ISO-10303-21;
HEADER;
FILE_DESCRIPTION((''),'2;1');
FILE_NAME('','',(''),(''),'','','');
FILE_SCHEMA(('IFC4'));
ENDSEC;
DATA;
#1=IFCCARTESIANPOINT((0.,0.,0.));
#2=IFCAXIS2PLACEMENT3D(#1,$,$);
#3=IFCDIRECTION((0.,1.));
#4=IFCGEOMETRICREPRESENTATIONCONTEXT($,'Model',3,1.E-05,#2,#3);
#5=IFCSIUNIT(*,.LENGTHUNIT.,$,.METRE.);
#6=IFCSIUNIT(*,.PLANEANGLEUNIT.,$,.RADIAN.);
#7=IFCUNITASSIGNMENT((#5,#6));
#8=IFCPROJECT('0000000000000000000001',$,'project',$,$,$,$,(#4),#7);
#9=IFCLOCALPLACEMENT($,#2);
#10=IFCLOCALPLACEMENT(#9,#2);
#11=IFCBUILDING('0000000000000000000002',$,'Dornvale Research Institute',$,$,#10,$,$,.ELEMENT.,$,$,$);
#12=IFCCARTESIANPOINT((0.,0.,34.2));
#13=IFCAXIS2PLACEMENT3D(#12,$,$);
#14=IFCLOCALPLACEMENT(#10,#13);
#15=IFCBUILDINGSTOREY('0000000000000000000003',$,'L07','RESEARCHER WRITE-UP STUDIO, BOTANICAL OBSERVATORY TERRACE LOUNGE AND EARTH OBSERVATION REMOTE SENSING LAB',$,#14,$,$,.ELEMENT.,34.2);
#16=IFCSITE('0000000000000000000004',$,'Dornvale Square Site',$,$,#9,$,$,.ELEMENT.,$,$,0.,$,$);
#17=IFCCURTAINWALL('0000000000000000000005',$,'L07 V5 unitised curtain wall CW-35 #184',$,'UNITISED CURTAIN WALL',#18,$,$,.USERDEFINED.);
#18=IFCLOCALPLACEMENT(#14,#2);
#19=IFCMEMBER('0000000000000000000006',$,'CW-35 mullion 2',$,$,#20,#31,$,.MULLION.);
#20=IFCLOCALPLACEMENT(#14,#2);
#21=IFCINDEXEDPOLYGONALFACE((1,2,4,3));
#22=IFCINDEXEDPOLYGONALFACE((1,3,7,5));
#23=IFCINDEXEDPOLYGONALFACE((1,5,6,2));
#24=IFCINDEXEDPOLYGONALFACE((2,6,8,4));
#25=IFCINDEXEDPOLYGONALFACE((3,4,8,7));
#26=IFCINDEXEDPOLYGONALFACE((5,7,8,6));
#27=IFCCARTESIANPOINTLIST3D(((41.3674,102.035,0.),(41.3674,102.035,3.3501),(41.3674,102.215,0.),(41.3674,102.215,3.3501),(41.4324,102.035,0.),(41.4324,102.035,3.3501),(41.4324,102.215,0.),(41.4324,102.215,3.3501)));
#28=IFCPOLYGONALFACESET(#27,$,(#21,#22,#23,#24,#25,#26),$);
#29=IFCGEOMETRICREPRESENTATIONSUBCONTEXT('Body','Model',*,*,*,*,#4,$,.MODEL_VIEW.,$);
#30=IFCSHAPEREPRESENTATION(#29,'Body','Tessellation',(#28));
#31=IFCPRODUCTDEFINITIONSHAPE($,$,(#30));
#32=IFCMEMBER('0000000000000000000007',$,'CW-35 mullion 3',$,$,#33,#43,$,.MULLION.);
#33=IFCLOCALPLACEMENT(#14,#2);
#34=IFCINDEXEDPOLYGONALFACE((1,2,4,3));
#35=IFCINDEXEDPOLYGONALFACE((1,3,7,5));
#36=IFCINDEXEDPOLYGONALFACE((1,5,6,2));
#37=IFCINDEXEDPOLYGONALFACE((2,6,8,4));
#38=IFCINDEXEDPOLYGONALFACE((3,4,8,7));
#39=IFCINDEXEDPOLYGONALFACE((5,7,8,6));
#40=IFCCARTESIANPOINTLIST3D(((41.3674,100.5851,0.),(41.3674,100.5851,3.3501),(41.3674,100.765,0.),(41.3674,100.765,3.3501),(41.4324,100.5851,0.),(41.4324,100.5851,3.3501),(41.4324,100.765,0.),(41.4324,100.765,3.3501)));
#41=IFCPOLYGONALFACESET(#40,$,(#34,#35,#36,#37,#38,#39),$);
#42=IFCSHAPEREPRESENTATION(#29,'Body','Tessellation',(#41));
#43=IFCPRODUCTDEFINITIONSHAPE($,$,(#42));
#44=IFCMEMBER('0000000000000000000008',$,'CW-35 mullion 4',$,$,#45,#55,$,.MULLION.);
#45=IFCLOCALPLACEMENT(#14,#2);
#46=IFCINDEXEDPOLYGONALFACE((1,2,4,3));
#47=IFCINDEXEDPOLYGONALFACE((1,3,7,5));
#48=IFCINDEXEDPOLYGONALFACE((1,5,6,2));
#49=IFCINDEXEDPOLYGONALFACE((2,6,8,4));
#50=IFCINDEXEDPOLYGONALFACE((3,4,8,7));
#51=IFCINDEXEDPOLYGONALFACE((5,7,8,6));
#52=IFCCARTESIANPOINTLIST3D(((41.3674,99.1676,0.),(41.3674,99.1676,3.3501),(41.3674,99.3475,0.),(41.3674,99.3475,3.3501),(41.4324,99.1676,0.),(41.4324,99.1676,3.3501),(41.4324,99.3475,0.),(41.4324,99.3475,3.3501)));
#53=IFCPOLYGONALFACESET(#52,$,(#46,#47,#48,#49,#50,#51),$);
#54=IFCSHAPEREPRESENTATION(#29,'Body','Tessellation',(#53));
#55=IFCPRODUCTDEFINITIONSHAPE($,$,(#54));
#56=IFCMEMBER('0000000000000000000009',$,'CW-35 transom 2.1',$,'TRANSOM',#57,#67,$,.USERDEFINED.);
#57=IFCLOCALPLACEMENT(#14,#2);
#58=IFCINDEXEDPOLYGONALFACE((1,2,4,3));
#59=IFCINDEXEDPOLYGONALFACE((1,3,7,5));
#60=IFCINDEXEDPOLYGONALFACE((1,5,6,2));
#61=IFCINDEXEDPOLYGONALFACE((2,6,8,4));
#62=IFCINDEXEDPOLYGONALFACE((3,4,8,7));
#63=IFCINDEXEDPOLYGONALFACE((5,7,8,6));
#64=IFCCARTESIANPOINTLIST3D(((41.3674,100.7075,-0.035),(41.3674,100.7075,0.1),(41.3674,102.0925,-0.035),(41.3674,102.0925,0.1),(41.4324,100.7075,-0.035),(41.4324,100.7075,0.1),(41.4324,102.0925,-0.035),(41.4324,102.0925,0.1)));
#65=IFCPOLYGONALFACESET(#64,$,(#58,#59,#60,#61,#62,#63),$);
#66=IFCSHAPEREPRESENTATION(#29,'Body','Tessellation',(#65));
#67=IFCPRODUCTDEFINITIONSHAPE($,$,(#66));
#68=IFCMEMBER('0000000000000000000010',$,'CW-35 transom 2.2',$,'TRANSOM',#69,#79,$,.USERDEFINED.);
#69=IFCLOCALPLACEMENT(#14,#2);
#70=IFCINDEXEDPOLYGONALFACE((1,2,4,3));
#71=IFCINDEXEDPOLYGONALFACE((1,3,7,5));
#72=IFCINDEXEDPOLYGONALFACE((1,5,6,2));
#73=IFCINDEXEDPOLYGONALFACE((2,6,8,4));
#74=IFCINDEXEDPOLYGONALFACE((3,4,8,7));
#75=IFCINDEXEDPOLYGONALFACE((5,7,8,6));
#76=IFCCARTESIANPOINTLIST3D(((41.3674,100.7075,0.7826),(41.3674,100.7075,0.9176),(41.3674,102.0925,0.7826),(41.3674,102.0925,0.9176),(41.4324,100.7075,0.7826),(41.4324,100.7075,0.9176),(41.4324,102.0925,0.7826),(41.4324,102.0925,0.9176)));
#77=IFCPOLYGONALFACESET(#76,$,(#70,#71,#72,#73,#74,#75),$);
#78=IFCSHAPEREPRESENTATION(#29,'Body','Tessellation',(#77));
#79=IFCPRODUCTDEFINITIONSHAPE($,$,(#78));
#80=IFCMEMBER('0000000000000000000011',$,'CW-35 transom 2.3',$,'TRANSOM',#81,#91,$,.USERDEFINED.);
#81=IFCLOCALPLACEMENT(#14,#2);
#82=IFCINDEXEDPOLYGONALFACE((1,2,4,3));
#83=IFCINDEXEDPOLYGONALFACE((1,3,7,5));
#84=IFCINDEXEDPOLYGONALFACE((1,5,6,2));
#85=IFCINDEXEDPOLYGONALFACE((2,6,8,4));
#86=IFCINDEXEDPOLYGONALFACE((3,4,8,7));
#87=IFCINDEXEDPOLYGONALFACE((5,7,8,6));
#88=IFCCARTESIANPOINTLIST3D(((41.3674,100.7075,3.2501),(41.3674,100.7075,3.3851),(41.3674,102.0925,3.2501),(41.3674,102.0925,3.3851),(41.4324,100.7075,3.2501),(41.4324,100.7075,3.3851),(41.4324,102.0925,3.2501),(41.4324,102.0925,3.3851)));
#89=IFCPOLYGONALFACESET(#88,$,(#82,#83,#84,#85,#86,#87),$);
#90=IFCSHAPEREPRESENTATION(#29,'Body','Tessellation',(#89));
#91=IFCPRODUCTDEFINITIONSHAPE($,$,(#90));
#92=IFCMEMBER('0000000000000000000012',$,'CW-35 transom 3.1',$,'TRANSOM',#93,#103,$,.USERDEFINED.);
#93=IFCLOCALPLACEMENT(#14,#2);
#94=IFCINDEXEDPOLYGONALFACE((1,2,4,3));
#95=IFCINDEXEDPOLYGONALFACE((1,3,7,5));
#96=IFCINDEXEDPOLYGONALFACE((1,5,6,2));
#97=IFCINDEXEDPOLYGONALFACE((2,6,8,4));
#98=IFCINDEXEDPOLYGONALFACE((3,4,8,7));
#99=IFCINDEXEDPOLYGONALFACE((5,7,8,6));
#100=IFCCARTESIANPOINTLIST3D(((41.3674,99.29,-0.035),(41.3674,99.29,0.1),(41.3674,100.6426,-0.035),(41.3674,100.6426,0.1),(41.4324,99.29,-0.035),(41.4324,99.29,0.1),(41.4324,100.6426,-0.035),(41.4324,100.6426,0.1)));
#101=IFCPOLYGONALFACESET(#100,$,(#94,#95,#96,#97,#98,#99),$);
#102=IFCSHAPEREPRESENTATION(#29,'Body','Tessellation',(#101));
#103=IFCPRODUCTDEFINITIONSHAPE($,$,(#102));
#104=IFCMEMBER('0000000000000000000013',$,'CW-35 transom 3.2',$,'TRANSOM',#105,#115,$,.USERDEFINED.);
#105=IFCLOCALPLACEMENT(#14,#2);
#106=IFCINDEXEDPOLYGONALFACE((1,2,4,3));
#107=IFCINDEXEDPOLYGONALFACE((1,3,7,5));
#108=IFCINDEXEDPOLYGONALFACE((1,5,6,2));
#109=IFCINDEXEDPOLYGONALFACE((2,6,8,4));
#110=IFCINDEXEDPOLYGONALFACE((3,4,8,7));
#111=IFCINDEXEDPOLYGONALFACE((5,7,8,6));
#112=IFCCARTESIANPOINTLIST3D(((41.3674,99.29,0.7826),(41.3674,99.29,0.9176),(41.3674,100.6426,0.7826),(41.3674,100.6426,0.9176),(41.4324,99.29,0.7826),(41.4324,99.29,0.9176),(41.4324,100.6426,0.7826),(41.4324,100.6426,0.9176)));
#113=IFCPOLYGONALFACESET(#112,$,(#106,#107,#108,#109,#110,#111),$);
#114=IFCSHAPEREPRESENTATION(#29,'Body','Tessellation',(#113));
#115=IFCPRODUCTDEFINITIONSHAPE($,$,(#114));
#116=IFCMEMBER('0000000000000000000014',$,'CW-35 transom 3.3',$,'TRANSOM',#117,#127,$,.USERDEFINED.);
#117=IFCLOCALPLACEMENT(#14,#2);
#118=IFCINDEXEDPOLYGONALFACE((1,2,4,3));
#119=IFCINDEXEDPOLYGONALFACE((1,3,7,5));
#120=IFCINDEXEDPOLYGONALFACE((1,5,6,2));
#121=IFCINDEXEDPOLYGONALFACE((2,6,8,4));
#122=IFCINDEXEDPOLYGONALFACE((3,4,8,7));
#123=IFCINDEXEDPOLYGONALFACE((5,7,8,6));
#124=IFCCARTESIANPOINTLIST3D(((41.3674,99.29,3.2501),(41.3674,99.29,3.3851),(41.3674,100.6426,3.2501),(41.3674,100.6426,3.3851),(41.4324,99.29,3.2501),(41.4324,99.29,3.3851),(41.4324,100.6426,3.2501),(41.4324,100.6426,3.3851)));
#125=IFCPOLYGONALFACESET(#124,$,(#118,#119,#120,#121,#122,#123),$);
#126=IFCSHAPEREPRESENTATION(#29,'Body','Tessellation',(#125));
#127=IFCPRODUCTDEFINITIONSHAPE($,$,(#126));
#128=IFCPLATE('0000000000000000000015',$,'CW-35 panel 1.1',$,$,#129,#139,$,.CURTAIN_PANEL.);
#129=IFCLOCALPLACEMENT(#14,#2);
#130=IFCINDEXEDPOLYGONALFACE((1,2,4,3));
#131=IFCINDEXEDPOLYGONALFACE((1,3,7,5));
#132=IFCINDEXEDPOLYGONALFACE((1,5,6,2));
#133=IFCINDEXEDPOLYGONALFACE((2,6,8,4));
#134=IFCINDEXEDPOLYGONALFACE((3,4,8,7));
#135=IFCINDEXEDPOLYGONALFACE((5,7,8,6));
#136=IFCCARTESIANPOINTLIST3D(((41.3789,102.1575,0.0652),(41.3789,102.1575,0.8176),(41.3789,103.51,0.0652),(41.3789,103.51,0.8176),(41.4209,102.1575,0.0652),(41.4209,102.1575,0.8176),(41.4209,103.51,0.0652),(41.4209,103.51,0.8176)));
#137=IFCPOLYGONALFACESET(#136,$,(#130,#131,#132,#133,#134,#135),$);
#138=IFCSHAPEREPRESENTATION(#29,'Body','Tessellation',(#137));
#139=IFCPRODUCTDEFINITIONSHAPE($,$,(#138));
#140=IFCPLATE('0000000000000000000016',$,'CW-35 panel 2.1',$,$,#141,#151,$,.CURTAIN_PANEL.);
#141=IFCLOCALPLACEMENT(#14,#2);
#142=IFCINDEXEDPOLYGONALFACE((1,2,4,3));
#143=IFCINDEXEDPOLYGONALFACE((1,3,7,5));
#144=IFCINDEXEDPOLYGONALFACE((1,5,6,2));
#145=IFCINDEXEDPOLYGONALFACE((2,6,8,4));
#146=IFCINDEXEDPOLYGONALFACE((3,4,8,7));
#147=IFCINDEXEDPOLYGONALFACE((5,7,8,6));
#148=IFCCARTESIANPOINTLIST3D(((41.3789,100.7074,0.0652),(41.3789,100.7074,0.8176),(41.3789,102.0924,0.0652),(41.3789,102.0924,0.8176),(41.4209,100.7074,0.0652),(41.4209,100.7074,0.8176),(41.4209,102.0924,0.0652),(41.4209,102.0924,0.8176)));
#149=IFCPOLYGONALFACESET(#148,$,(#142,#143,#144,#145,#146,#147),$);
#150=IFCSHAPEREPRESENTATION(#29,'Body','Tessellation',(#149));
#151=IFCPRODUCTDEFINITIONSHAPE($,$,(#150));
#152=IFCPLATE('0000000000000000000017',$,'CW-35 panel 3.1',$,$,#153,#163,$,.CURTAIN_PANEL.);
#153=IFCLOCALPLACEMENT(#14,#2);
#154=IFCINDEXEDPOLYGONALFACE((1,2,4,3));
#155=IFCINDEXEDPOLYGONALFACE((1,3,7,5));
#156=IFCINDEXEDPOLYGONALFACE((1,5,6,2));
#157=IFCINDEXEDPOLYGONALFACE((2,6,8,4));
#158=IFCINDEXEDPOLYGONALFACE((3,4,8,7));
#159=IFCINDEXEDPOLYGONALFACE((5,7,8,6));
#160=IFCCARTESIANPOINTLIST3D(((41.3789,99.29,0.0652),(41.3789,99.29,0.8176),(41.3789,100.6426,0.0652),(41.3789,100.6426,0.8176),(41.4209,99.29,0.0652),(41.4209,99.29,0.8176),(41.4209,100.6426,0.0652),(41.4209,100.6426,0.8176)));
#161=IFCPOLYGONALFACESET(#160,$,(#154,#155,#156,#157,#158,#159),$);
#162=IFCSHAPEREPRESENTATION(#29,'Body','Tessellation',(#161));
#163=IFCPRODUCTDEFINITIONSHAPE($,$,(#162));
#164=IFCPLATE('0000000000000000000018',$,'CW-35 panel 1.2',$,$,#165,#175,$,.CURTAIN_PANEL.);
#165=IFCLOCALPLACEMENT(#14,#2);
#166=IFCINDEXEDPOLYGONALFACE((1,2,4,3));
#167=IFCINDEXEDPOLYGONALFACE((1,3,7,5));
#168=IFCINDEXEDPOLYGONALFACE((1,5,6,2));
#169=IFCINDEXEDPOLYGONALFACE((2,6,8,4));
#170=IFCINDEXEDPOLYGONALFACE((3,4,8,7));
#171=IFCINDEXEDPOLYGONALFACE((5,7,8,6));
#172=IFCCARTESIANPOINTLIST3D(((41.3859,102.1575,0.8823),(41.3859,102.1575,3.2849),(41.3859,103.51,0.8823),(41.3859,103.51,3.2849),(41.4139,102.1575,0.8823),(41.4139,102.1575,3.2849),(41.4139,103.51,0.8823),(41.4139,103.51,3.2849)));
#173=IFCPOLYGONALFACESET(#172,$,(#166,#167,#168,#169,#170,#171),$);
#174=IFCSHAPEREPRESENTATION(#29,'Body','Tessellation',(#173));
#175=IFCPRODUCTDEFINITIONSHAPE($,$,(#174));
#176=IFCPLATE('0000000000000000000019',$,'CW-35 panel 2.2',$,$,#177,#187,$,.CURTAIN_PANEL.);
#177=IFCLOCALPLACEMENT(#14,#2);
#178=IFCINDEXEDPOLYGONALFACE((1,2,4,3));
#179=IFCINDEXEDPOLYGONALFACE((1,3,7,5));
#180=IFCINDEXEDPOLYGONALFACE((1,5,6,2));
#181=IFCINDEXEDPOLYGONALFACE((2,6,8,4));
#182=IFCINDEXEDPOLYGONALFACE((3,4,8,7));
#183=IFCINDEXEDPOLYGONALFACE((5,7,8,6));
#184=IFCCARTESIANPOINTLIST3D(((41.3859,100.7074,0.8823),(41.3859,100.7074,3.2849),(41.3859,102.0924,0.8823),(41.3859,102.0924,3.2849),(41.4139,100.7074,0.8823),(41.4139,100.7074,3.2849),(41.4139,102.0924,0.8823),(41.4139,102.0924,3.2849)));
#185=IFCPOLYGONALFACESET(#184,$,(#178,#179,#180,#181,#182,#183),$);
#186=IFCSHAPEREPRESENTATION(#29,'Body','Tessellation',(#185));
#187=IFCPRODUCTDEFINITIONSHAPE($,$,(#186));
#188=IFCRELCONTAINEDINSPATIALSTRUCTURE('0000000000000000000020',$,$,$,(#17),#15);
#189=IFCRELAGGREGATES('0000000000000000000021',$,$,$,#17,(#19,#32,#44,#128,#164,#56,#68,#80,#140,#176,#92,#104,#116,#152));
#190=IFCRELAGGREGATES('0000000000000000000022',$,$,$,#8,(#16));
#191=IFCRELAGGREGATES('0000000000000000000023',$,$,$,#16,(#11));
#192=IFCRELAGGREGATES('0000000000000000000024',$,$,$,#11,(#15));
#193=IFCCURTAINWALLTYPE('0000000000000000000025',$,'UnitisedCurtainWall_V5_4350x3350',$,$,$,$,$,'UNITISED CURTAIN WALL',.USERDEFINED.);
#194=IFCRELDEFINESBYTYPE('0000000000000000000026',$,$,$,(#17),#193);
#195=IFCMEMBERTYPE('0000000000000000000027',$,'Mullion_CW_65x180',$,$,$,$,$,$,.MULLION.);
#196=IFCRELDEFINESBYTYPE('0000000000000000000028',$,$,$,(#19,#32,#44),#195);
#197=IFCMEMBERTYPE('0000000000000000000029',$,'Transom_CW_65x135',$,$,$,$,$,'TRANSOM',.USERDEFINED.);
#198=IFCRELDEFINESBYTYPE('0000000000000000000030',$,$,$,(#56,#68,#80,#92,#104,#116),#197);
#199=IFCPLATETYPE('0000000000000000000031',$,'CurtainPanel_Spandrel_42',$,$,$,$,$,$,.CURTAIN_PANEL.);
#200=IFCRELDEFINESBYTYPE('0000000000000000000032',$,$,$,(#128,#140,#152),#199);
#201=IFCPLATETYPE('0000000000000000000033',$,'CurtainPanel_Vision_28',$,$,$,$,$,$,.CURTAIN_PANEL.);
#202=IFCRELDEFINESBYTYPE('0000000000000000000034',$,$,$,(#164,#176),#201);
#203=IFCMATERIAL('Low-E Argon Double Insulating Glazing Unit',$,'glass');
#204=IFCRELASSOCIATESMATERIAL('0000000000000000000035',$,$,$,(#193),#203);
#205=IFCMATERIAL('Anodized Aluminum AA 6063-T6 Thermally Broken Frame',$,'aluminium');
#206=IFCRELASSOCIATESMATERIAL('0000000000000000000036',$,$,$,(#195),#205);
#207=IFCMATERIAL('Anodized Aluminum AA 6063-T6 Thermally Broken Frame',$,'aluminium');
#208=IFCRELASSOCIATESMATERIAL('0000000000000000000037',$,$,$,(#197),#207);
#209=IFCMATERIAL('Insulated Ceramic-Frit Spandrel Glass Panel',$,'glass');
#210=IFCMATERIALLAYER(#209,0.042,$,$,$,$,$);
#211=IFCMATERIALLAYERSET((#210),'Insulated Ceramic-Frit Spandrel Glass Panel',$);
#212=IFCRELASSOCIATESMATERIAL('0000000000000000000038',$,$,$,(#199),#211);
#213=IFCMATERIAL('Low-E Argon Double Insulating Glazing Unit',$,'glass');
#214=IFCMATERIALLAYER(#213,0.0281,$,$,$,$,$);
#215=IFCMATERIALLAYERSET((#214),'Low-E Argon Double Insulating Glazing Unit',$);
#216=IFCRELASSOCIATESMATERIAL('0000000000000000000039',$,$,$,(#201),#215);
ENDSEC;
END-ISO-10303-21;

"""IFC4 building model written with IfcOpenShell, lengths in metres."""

from ifc_helpers import new_model, si_unit, direction, frame, origin, origin_2d, place, context, subcontext, project, spatial, rectangle, extrude, material, layer, layer_set, material_profile, profile_set, type_object, element, aggregate, save


model = new_model("IFC4")

# Units and contexts
model_context = context("Model", 3, precision=1e-05, world=origin(), true_north=direction((0.0, 1.0)))
body_context = subcontext(model_context, "Body", "Model", "MODEL_VIEW")
ifc_project = project(units=[si_unit("LENGTHUNIT", "METRE"), si_unit("PLANEANGLEUNIT", "RADIAN")], contexts=[model_context])

# Site, building, storey
site_placement = place(None, origin())
site = spatial("IfcSite", under=ifc_project, at=site_placement, Name="Dornvale Square Site", CompositionType="ELEMENT", RefElevation=0.0)
building_placement = place(site_placement, origin())
building = spatial("IfcBuilding", under=site, at=building_placement, Name="Dornvale Research Institute", CompositionType="ELEMENT")
storey_placement = place(building_placement, frame((0.0, 0.0, 34.2)))
storey = spatial("IfcBuildingStorey", under=building, at=storey_placement, Name="L07", Description="RESEARCHER WRITE-UP STUDIO, BOTANICAL OBSERVATORY TERRACE LOUNGE AND EARTH OBSERVATION REMOTE SENSING LAB", CompositionType="ELEMENT", Elevation=34.2)

# Curtain wall, members, plates
ifc_material_1 = material(Name="Low-E Argon Double Insulating Glazing Unit", Category="glass")
curtain_wall_type = type_object("IfcCurtainWallType", Name="UnitisedCurtainWall_V5_4350x3350", ElementType="UNITISED CURTAIN WALL", PredefinedType="USERDEFINED", material=ifc_material_1)
curtain_wall_placement = place(storey_placement, origin())
curtain_wall = element("IfcCurtainWall", 1, at=curtain_wall_placement, inside=storey, type_object=curtain_wall_type, Name="L07 V5 unitised curtain wall CW-35 #184", ObjectType="UNITISED CURTAIN WALL", PredefinedType="USERDEFINED")
ifc_material_2 = material(Name="Anodized Aluminum AA 6063-T6 Thermally Broken Frame", Category="aluminium")
ifc_material_profile_1 = material_profile(ifc_material_2, rectangle(XDim=0.0649, YDim=0.1799, at=origin_2d()), Name="ALU MULLION 65x180")
ifc_profile_set_1 = profile_set([ifc_material_profile_1], Name="Anodized Aluminum AA 6063-T6 Thermally Broken Frame")
member_type_1 = type_object("IfcMemberType", Name="Mullion_CW_65x180", PredefinedType="MULLION", material=ifc_profile_set_1)
member_1_placement = place(storey_placement, frame((41.3999, 102.125, 0.0), z_axis=(0.0, 0.0, 1.0), x_axis=(1.0, 0.0, 0.0)))
member_1 = element("IfcMember", 2, at=member_1_placement, type_object=member_type_1, Name="CW-35 mullion 2", PredefinedType="MULLION", context=body_context, shape_type="SweptSolid", body=[
    extrude(rectangle(XDim=0.0649, YDim=0.1799, at=origin_2d()), origin(), (0.0, 0.0, 1.0), 3.3501),
])
member_2_placement = place(storey_placement, frame((41.3999, 100.675, 0.0), z_axis=(0.0, 0.0, 1.0), x_axis=(1.0, 0.0, 0.0)))
member_2 = element("IfcMember", 3, at=member_2_placement, type_object=member_type_1, Name="CW-35 mullion 3", PredefinedType="MULLION", context=body_context, shape_type="SweptSolid", body=[
    extrude(rectangle(XDim=0.0649, YDim=0.1799, at=origin_2d()), origin(), (0.0, 0.0, 1.0), 3.3501),
])
member_3_placement = place(storey_placement, frame((41.3999, 99.2576, 0.0), z_axis=(0.0, 0.0, 1.0), x_axis=(1.0, 0.0, 0.0)))
member_3 = element("IfcMember", 4, at=member_3_placement, type_object=member_type_1, Name="CW-35 mullion 4", PredefinedType="MULLION", context=body_context, shape_type="SweptSolid", body=[
    extrude(rectangle(XDim=0.0649, YDim=0.1799, at=origin_2d()), origin(), (0.0, 0.0, 1.0), 3.3501),
])
ifc_material_3 = material(Name="Anodized Aluminum AA 6063-T6 Thermally Broken Frame", Category="aluminium")
ifc_material_profile_2 = material_profile(ifc_material_3, rectangle(XDim=0.0649, YDim=0.135, at=origin_2d()), Name="ALU TRANSOM 65x135")
ifc_profile_set_2 = profile_set([ifc_material_profile_2], Name="Anodized Aluminum AA 6063-T6 Thermally Broken Frame")
member_type_2 = type_object("IfcMemberType", Name="Transom_CW_65x135", ElementType="TRANSOM", PredefinedType="USERDEFINED", material=ifc_profile_set_2)
member_4_placement = place(storey_placement, frame((41.3999, 102.0925, 0.0325), z_axis=(0.0, -1.0, 0.0), x_axis=(1.0, 0.0, 0.0)))
member_4 = element("IfcMember", 5, at=member_4_placement, type_object=member_type_2, Name="CW-35 transom 2.1", ObjectType="TRANSOM", PredefinedType="USERDEFINED", context=body_context, shape_type="SweptSolid", body=[
    extrude(rectangle(XDim=0.0649, YDim=0.135, at=origin_2d()), origin(), (0.0, 0.0, 1.0), 1.385),
])
member_5_placement = place(storey_placement, frame((41.3999, 102.0925, 0.8501), z_axis=(0.0, -1.0, 0.0), x_axis=(1.0, 0.0, 0.0)))
member_5 = element("IfcMember", 6, at=member_5_placement, type_object=member_type_2, Name="CW-35 transom 2.2", ObjectType="TRANSOM", PredefinedType="USERDEFINED", context=body_context, shape_type="SweptSolid", body=[
    extrude(rectangle(XDim=0.0649, YDim=0.135, at=origin_2d()), origin(), (0.0, 0.0, 1.0), 1.385),
])
member_6_placement = place(storey_placement, frame((41.3999, 102.0925, 3.3176), z_axis=(0.0, -1.0, 0.0), x_axis=(1.0, 0.0, 0.0)))
member_6 = element("IfcMember", 7, at=member_6_placement, type_object=member_type_2, Name="CW-35 transom 2.3", ObjectType="TRANSOM", PredefinedType="USERDEFINED", context=body_context, shape_type="SweptSolid", body=[
    extrude(rectangle(XDim=0.0649, YDim=0.135, at=origin_2d()), origin(), (0.0, 0.0, 1.0), 1.385),
])
member_7_placement = place(storey_placement, frame((41.3999, 100.6426, 0.0325), z_axis=(0.0, -1.0, 0.0), x_axis=(1.0, 0.0, 0.0)))
member_7 = element("IfcMember", 8, at=member_7_placement, type_object=member_type_2, Name="CW-35 transom 3.1", ObjectType="TRANSOM", PredefinedType="USERDEFINED", context=body_context, shape_type="SweptSolid", body=[
    extrude(rectangle(XDim=0.0649, YDim=0.135, at=origin_2d()), origin(), (0.0, 0.0, 1.0), 1.3525),
])
member_8_placement = place(storey_placement, frame((41.3999, 100.6426, 0.8501), z_axis=(0.0, -1.0, 0.0), x_axis=(1.0, 0.0, 0.0)))
member_8 = element("IfcMember", 9, at=member_8_placement, type_object=member_type_2, Name="CW-35 transom 3.2", ObjectType="TRANSOM", PredefinedType="USERDEFINED", context=body_context, shape_type="SweptSolid", body=[
    extrude(rectangle(XDim=0.0649, YDim=0.135, at=origin_2d()), origin(), (0.0, 0.0, 1.0), 1.3525),
])
member_9_placement = place(storey_placement, frame((41.3999, 100.6426, 3.3176), z_axis=(0.0, -1.0, 0.0), x_axis=(1.0, 0.0, 0.0)))
member_9 = element("IfcMember", 10, at=member_9_placement, type_object=member_type_2, Name="CW-35 transom 3.3", ObjectType="TRANSOM", PredefinedType="USERDEFINED", context=body_context, shape_type="SweptSolid", body=[
    extrude(rectangle(XDim=0.0649, YDim=0.135, at=origin_2d()), origin(), (0.0, 0.0, 1.0), 1.3525),
])
ifc_material_4 = material(Name="Insulated Ceramic-Frit Spandrel Glass Panel", Category="glass")
ifc_layer_1 = layer(ifc_material_4, 0.042)
ifc_layer_set_1 = layer_set([ifc_layer_1], Name="Insulated Ceramic-Frit Spandrel Glass Panel")
plate_type_1 = type_object("IfcPlateType", Name="CurtainPanel_Spandrel_42", PredefinedType="CURTAIN_PANEL", material=ifc_layer_set_1)
plate_1_placement = place(storey_placement, frame((41.3999, 102.8337, 0.0652), z_axis=(0.0, 0.0, 1.0), x_axis=(0.0, -1.0, 0.0)))
plate_1 = element("IfcPlate", 11, at=plate_1_placement, type_object=plate_type_1, Name="CW-35 panel 1.1", PredefinedType="CURTAIN_PANEL", context=body_context, shape_type="SweptSolid", body=[
    extrude(rectangle(XDim=1.3525, YDim=0.042, at=origin_2d()), origin(), (0.0, 0.0, 1.0), 0.7524),
])
plate_2_placement = place(storey_placement, frame((41.3999, 101.3999, 0.0652), z_axis=(0.0, 0.0, 1.0), x_axis=(0.0, -1.0, 0.0)))
plate_2 = element("IfcPlate", 12, at=plate_2_placement, type_object=plate_type_1, Name="CW-35 panel 2.1", PredefinedType="CURTAIN_PANEL", context=body_context, shape_type="SweptSolid", body=[
    extrude(rectangle(XDim=1.385, YDim=0.042, at=origin_2d()), origin(), (0.0, 0.0, 1.0), 0.7524),
])
plate_3_placement = place(storey_placement, frame((41.3999, 99.9663, 0.0652), z_axis=(0.0, 0.0, 1.0), x_axis=(0.0, -1.0, 0.0)))
plate_3 = element("IfcPlate", 13, at=plate_3_placement, type_object=plate_type_1, Name="CW-35 panel 3.1", PredefinedType="CURTAIN_PANEL", context=body_context, shape_type="SweptSolid", body=[
    extrude(rectangle(XDim=1.3525, YDim=0.042, at=origin_2d()), origin(), (0.0, 0.0, 1.0), 0.7524),
])
ifc_material_5 = material(Name="Low-E Argon Double Insulating Glazing Unit", Category="glass")
ifc_layer_2 = layer(ifc_material_5, 0.0281)
ifc_layer_set_2 = layer_set([ifc_layer_2], Name="Low-E Argon Double Insulating Glazing Unit")
plate_type_2 = type_object("IfcPlateType", Name="CurtainPanel_Vision_28", PredefinedType="CURTAIN_PANEL", material=ifc_layer_set_2)
plate_4_placement = place(storey_placement, frame((41.3999, 102.8337, 0.8823), z_axis=(0.0, 0.0, 1.0), x_axis=(0.0, -1.0, 0.0)))
plate_4 = element("IfcPlate", 14, at=plate_4_placement, type_object=plate_type_2, Name="CW-35 panel 1.2", PredefinedType="CURTAIN_PANEL", context=body_context, shape_type="SweptSolid", body=[
    extrude(rectangle(XDim=1.3525, YDim=0.0281, at=origin_2d()), origin(), (0.0, 0.0, 1.0), 2.4026),
])
plate_5_placement = place(storey_placement, frame((41.3999, 101.3999, 0.8823), z_axis=(0.0, 0.0, 1.0), x_axis=(0.0, -1.0, 0.0)))
plate_5 = element("IfcPlate", 15, at=plate_5_placement, type_object=plate_type_2, Name="CW-35 panel 2.2", PredefinedType="CURTAIN_PANEL", context=body_context, shape_type="SweptSolid", body=[
    extrude(rectangle(XDim=1.385, YDim=0.0281, at=origin_2d()), origin(), (0.0, 0.0, 1.0), 2.4026),
])
aggregate(curtain_wall, [member_1, member_2, member_3, plate_1, plate_4, member_4, member_5, member_6, plate_2, plate_5, member_7, member_8, member_9, plate_3])

save(model, "model.ifc")
